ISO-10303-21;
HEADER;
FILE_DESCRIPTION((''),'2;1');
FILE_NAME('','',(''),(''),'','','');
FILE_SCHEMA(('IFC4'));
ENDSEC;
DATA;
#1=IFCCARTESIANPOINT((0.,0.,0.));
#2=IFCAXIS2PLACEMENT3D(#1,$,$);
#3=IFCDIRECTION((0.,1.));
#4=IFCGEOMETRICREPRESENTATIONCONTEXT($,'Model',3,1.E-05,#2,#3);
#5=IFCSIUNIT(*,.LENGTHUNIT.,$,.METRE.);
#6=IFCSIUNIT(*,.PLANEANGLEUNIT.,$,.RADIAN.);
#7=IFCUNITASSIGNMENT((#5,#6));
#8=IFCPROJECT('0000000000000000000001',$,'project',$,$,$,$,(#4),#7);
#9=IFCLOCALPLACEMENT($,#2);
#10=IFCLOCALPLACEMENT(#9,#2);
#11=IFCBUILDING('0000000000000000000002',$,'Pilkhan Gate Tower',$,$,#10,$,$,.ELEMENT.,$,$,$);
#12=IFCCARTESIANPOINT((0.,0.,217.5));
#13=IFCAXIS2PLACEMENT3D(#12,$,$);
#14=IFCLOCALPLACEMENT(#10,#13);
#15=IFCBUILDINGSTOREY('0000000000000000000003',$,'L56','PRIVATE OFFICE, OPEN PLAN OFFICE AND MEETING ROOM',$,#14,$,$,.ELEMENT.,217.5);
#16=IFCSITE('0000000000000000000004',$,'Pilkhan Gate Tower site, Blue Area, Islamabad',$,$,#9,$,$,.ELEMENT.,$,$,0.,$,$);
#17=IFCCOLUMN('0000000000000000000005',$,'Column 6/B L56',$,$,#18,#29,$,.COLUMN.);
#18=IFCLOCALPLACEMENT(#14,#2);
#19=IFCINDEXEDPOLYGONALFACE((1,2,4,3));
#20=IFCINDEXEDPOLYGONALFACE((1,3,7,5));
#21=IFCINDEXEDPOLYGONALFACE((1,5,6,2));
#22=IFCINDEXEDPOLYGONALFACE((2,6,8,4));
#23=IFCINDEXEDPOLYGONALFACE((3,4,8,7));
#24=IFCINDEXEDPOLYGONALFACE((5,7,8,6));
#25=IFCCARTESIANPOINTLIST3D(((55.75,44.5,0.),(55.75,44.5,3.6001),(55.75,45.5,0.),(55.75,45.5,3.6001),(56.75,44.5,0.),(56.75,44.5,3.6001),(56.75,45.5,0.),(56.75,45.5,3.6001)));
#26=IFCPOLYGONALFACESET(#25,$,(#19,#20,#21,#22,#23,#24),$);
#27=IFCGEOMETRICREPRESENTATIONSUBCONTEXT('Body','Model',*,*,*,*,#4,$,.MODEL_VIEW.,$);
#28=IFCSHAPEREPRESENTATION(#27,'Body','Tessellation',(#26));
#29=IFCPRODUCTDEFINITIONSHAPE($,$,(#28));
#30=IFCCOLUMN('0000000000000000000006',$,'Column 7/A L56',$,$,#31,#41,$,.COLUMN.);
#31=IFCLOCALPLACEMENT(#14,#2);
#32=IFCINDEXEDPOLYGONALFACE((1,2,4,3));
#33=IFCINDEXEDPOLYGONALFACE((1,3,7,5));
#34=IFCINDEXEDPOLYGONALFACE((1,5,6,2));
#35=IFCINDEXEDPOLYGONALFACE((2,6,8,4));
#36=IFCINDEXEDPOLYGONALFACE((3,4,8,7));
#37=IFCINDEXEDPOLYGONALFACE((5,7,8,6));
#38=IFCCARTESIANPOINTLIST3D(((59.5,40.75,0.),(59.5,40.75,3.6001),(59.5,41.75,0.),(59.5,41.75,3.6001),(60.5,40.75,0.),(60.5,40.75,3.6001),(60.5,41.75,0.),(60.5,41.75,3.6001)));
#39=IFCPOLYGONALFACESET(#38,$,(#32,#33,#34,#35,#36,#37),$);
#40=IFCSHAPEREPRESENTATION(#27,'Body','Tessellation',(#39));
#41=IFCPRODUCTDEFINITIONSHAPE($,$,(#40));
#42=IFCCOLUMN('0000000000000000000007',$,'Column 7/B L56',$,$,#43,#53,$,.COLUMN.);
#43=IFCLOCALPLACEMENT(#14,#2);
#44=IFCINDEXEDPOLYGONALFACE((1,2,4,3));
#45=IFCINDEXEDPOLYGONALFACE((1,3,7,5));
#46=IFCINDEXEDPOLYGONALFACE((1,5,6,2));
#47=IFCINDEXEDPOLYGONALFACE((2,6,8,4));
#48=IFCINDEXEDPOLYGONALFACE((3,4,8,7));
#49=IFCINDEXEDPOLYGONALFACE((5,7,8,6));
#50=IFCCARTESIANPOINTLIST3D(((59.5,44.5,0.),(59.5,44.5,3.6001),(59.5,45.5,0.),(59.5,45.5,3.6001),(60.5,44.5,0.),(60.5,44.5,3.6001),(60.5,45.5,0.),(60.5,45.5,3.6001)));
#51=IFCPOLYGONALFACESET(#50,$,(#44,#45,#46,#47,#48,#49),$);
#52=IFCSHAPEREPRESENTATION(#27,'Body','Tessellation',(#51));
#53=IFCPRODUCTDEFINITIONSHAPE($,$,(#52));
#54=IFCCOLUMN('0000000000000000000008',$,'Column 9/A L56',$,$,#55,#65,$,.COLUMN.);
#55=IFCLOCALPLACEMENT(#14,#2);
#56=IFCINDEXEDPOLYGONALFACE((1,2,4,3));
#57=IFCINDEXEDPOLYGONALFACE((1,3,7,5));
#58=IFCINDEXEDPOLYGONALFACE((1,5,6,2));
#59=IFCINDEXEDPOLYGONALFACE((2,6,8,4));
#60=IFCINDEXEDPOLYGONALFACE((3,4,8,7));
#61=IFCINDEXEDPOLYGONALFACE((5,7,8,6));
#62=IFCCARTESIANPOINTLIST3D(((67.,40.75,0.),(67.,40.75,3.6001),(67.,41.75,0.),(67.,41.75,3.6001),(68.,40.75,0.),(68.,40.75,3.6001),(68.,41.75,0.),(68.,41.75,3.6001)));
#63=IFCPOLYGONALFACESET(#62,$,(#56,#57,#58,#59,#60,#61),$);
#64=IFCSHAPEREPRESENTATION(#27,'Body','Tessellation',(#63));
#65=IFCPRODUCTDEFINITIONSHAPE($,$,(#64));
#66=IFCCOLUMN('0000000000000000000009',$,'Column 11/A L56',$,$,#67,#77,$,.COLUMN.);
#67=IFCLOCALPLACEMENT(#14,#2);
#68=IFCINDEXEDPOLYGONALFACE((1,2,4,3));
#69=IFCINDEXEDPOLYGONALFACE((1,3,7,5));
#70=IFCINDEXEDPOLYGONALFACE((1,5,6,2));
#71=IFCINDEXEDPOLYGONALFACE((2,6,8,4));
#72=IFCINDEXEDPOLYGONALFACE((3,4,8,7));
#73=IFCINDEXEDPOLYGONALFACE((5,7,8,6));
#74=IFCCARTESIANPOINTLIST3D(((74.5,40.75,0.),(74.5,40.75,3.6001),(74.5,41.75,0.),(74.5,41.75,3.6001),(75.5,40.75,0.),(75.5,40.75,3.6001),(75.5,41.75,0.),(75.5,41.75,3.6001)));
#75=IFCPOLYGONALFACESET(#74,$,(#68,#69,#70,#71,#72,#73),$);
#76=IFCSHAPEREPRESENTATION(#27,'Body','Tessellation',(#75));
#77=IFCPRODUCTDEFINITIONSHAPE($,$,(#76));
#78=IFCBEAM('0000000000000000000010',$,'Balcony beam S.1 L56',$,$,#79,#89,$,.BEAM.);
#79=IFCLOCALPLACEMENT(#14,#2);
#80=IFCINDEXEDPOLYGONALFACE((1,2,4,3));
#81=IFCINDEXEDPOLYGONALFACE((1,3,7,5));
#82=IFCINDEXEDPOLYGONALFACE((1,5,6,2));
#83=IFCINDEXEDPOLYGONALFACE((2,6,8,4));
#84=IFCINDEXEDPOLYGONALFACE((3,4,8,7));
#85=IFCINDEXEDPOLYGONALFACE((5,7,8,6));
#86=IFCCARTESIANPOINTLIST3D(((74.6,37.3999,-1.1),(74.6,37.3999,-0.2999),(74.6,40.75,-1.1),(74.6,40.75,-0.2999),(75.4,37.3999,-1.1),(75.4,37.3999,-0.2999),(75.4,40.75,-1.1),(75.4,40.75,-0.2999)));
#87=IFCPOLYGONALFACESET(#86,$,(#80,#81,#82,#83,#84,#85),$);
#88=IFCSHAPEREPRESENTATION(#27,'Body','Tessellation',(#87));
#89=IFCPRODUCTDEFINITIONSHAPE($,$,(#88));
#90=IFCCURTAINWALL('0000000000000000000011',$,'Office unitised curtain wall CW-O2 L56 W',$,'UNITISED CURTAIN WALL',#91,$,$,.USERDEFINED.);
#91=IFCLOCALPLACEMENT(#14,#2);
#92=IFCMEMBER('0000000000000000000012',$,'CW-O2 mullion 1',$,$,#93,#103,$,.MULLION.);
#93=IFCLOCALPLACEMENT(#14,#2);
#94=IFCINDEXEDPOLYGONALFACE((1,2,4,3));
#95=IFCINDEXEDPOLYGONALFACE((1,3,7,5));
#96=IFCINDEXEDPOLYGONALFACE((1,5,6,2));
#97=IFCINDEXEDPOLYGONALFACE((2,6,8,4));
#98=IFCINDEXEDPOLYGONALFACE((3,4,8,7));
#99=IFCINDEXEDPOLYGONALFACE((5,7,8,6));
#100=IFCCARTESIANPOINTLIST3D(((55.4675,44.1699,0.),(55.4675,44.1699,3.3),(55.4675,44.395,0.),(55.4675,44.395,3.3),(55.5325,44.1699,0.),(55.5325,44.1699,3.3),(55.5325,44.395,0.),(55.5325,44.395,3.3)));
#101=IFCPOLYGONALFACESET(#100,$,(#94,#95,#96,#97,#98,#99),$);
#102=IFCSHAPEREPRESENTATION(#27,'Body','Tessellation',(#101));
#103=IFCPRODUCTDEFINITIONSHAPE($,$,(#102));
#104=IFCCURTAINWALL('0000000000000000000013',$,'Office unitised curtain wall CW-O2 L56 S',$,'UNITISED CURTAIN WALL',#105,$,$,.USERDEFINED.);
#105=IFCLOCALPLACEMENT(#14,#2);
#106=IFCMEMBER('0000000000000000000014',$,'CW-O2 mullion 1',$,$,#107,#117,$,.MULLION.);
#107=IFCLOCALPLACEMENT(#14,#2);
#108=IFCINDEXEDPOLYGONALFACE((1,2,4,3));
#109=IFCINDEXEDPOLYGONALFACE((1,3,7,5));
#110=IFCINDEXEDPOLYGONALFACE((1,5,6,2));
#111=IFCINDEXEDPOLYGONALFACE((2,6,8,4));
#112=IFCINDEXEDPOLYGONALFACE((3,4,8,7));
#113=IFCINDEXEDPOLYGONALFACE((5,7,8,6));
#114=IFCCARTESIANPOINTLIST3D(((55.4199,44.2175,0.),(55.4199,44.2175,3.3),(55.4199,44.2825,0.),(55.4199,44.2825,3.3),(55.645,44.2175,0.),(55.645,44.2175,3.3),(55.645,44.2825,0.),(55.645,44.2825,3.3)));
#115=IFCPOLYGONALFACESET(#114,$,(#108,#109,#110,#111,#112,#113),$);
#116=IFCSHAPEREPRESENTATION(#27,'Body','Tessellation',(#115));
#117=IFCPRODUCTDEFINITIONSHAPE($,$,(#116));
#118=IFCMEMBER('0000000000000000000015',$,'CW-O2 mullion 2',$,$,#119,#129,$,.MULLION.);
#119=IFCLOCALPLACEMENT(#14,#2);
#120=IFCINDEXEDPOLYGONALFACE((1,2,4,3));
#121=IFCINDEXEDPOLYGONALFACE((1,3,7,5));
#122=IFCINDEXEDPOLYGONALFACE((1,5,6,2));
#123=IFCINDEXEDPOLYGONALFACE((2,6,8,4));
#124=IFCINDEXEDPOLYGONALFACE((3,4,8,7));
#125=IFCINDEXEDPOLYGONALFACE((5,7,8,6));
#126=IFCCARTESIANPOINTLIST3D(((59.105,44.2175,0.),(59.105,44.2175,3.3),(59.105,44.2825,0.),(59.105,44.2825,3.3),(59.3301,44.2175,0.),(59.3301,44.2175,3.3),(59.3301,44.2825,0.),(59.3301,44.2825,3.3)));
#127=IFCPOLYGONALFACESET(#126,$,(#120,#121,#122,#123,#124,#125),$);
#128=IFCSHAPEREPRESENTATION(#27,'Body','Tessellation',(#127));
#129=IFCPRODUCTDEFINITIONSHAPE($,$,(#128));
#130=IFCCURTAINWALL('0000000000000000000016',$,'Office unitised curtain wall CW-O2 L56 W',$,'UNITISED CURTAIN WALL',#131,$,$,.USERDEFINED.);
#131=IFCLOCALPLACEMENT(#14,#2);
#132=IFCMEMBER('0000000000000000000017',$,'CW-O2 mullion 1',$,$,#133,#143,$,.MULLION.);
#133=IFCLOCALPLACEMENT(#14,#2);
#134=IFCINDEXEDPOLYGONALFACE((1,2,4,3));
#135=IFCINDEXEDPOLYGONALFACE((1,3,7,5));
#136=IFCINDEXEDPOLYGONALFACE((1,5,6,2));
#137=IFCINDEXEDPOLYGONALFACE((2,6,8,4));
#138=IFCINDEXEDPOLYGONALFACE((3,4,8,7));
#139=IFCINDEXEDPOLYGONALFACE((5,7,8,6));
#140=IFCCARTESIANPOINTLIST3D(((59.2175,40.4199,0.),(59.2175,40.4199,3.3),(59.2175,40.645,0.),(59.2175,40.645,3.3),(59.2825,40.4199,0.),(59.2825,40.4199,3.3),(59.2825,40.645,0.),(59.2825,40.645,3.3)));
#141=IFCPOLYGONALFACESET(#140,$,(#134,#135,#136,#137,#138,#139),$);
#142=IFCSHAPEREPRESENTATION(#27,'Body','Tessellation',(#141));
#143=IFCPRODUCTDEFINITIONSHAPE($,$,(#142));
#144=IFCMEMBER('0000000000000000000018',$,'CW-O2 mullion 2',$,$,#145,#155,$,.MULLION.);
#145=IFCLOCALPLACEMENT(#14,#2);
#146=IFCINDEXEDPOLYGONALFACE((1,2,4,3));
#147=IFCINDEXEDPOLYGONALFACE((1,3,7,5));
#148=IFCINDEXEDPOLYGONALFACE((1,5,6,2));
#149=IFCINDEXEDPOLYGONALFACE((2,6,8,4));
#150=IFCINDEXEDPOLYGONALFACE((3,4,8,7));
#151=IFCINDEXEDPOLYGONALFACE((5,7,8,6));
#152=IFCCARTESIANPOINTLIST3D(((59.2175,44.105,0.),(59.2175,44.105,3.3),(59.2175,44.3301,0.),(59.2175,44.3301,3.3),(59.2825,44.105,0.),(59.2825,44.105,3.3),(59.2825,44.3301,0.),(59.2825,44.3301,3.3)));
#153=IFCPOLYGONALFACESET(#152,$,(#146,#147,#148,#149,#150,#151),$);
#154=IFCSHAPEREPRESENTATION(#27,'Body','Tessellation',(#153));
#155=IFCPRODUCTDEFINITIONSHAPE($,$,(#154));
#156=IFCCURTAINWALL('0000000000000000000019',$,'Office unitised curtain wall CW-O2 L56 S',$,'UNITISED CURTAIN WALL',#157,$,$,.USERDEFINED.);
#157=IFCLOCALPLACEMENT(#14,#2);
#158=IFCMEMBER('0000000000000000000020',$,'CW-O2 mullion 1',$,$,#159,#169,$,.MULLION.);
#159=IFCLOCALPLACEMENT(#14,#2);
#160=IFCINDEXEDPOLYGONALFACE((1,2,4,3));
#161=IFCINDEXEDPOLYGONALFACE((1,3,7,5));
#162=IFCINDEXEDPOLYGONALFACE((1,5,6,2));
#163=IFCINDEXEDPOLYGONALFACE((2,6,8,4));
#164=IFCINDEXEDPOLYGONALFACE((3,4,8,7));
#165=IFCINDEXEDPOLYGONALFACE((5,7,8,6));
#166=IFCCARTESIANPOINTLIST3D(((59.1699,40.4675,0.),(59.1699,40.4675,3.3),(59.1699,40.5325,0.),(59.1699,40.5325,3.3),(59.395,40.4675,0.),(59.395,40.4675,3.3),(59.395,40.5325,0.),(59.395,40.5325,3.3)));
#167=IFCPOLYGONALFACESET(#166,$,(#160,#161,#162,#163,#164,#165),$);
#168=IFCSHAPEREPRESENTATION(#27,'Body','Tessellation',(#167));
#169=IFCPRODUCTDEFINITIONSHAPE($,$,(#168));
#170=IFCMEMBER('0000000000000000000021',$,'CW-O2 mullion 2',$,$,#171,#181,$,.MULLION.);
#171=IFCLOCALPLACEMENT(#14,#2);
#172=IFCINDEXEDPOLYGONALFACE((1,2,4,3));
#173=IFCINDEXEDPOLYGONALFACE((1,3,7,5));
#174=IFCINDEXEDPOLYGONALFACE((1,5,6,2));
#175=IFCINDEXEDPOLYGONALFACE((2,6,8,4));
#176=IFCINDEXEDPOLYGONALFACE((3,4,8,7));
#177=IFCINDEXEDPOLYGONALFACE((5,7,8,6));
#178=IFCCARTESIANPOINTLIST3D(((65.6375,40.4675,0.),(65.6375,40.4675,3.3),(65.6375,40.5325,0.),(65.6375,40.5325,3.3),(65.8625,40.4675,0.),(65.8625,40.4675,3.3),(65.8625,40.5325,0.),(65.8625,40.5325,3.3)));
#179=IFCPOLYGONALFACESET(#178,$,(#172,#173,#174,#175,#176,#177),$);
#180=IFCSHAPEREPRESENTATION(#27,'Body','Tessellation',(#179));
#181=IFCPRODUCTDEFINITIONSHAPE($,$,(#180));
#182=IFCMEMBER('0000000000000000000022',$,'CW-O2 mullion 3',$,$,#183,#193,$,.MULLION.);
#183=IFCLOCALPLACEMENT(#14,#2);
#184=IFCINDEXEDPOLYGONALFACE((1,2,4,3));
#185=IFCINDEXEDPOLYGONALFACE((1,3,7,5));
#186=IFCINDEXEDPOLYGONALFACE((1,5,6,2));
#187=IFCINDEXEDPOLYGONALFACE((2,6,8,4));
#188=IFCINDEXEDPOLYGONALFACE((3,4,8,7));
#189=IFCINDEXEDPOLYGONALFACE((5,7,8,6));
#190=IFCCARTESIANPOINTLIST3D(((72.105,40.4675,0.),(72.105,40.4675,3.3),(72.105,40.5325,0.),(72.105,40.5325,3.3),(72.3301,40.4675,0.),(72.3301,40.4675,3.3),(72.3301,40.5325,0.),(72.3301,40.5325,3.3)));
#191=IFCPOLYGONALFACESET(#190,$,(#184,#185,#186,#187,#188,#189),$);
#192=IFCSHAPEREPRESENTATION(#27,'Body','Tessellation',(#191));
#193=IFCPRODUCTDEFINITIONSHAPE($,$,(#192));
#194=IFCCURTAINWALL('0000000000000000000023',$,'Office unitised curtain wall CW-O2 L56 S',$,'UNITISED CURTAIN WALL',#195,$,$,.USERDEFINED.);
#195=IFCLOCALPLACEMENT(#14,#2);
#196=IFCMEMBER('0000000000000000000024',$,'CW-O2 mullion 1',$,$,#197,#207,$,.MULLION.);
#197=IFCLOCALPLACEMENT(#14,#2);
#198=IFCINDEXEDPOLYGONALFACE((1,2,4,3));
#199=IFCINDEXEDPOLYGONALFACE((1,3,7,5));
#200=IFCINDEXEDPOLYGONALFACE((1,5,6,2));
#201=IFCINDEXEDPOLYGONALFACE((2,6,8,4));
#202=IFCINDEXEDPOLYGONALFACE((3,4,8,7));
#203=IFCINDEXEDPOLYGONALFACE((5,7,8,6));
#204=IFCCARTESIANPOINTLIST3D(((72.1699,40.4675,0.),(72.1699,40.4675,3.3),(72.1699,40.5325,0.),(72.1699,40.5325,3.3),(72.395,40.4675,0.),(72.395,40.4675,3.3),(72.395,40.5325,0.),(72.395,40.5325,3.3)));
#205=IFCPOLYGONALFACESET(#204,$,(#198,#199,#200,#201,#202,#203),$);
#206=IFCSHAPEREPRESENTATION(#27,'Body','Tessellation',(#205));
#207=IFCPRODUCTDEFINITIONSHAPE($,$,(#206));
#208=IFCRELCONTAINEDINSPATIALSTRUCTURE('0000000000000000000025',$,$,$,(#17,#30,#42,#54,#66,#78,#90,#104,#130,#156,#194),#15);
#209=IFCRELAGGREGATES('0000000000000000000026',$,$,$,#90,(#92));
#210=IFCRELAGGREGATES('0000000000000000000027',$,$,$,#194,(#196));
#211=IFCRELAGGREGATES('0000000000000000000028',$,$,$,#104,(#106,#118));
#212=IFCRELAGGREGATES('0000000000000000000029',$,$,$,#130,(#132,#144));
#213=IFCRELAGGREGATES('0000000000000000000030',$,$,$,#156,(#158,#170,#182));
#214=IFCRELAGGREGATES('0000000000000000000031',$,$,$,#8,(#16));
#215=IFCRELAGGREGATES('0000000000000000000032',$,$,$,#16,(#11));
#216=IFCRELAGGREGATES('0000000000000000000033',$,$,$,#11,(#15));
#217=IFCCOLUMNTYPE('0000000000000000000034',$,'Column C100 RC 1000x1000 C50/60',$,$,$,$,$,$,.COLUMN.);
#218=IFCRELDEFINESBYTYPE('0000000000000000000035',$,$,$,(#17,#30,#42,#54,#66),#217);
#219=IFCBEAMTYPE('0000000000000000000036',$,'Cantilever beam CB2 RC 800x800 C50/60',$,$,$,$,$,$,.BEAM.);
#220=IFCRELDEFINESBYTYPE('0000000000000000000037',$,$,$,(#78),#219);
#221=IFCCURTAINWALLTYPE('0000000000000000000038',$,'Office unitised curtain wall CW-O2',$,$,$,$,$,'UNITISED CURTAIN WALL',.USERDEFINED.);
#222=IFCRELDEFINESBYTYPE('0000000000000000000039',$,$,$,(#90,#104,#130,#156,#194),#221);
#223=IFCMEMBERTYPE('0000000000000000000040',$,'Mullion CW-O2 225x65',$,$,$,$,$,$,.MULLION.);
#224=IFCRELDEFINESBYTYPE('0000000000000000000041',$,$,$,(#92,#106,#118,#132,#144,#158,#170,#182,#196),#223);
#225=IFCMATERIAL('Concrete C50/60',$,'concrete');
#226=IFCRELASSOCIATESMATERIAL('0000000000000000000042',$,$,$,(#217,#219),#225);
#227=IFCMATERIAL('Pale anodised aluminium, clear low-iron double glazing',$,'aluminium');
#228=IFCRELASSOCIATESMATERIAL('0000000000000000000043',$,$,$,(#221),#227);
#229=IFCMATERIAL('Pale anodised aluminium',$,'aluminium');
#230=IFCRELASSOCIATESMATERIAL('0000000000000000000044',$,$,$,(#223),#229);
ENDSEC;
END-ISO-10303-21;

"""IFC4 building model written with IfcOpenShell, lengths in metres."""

from ifc_helpers import new_model, si_unit, direction, frame, origin, origin_2d, place, context, subcontext, project, spatial, rectangle, extrude, material, material_profile, profile_set, type_object, element, aggregate, save


model = new_model("IFC4")

# Units and contexts
model_context = context("Model", 3, precision=1e-05, world=origin(), true_north=direction((0.0, 1.0)))
body_context = subcontext(model_context, "Body", "Model", "MODEL_VIEW")
ifc_project = project(units=[si_unit("LENGTHUNIT", "METRE"), si_unit("PLANEANGLEUNIT", "RADIAN")], contexts=[model_context])

# Site, building, storey
site_placement = place(None, origin())
site = spatial("IfcSite", under=ifc_project, at=site_placement, Name="Pilkhan Gate Tower site, Blue Area, Islamabad", CompositionType="ELEMENT", RefElevation=0.0)
building_placement = place(site_placement, origin())
building = spatial("IfcBuilding", under=site, at=building_placement, Name="Pilkhan Gate Tower", CompositionType="ELEMENT")
storey_placement = place(building_placement, frame((0.0, 0.0, 217.5)))
storey = spatial("IfcBuildingStorey", under=building, at=storey_placement, Name="L56", Description="PRIVATE OFFICE, OPEN PLAN OFFICE AND MEETING ROOM", CompositionType="ELEMENT", Elevation=217.5)

# Columns
ifc_material_1 = material(Name="Concrete C50/60", Category="concrete")
ifc_material_profile_1 = material_profile(ifc_material_1, rectangle(XDim=1.0, YDim=1.0, at=origin_2d()), Name="RC 1000x1000")
ifc_profile_set_1 = profile_set([ifc_material_profile_1], Name="Concrete C50/60")
column_type = type_object("IfcColumnType", Name="Column C100 RC 1000x1000 C50/60", PredefinedType="COLUMN", material=ifc_profile_set_1)
for number, where, z_axis, x_axis, name in (
    (1, (56.25, 45.0, 0.0), (0.0, 0.0, 1.0), (1.0, 0.0, 0.0), "Column 6/B L56"),
    (2, (60.0, 41.25, 0.0), (0.0, 0.0, 1.0), (1.0, 0.0, 0.0), "Column 7/A L56"),
    (3, (60.0, 45.0, 0.0), (0.0, 0.0, 1.0), (1.0, 0.0, 0.0), "Column 7/B L56"),
    (4, (67.5, 41.25, 0.0), (0.0, 0.0, 1.0), (1.0, 0.0, 0.0), "Column 9/A L56"),
    (5, (75.0, 41.25, 0.0), (0.0, 0.0, 1.0), (1.0, 0.0, 0.0), "Column 11/A L56"),
):
    element("IfcColumn", number, at=place(storey_placement, frame(where, z_axis=z_axis, x_axis=x_axis)), inside=storey, type_object=column_type, Name=name, PredefinedType="COLUMN", context=body_context, shape_type="SweptSolid", body=[
        extrude(rectangle(XDim=1.0, YDim=1.0, at=origin_2d()), origin(), (0.0, 0.0, 1.0), 3.6001),
    ])

# Beam
ifc_material_profile_2 = material_profile(ifc_material_1, rectangle(XDim=0.8, YDim=0.8, at=origin_2d()), Name="RC 800x800")
ifc_profile_set_2 = profile_set([ifc_material_profile_2], Name="Concrete C50/60")
beam_type = type_object("IfcBeamType", Name="Cantilever beam CB2 RC 800x800 C50/60", PredefinedType="BEAM", material=ifc_profile_set_2)
beam_placement = place(storey_placement, frame((75.0, 40.75, -0.7), z_axis=(0.0, -1.0, 0.0), x_axis=(1.0, 0.0, 0.0)))
element("IfcBeam", 6, at=beam_placement, inside=storey, type_object=beam_type, Name="Balcony beam S.1 L56", PredefinedType="BEAM", context=body_context, shape_type="SweptSolid", body=[
    extrude(rectangle(XDim=0.8, YDim=0.8, at=origin_2d()), origin(), (0.0, 0.0, 1.0), 3.3501),
])

# Curtain wall, member
ifc_material_2 = material(Name="Pale anodised aluminium, clear low-iron double glazing", Category="aluminium")
curtain_wall_type = type_object("IfcCurtainWallType", Name="Office unitised curtain wall CW-O2", ElementType="UNITISED CURTAIN WALL", PredefinedType="USERDEFINED", material=ifc_material_2)
curtain_wall_1_placement = place(storey_placement, origin())
curtain_wall_1 = element("IfcCurtainWall", 7, at=curtain_wall_1_placement, inside=storey, type_object=curtain_wall_type, Name="Office unitised curtain wall CW-O2 L56 W", ObjectType="UNITISED CURTAIN WALL", PredefinedType="USERDEFINED")
ifc_material_3 = material(Name="Pale anodised aluminium", Category="aluminium")
ifc_material_profile_3 = material_profile(ifc_material_3, rectangle(XDim=0.0649, YDim=0.2251, at=origin_2d()), Name="Mullion 225x65")
ifc_profile_set_3 = profile_set([ifc_material_profile_3], Name="Pale anodised aluminium")
member_type_1 = type_object("IfcMemberType", Name="Mullion CW-O2 225x65", PredefinedType="MULLION", material=ifc_profile_set_3)
member_1_placement = place(storey_placement, frame((55.5, 44.2825, 0.0), z_axis=(0.0, 0.0, 1.0), x_axis=(-1.0, 0.0, 0.0)))
member_1 = element("IfcMember", 8, at=member_1_placement, type_object=member_type_1, Name="CW-O2 mullion 1", PredefinedType="MULLION", context=body_context, shape_type="SweptSolid", body=[
    extrude(rectangle(XDim=0.0649, YDim=0.2251, at=origin_2d()), origin(), (0.0, 0.0, 1.0), 3.3),
])

# Curtain walls, members
curtain_wall_2_placement = place(storey_placement, origin())
curtain_wall_2 = element("IfcCurtainWall", 9, at=curtain_wall_2_placement, inside=storey, type_object=curtain_wall_type, Name="Office unitised curtain wall CW-O2 L56 S", ObjectType="UNITISED CURTAIN WALL", PredefinedType="USERDEFINED")
member_2_placement = place(storey_placement, frame((55.5325, 44.25, 0.0), z_axis=(0.0, 0.0, 1.0), x_axis=(0.0, 1.0, 0.0)))
member_2 = element("IfcMember", 10, at=member_2_placement, type_object=member_type_1, Name="CW-O2 mullion 1", PredefinedType="MULLION", context=body_context, shape_type="SweptSolid", body=[
    extrude(rectangle(XDim=0.0649, YDim=0.2251, at=origin_2d()), origin(), (0.0, 0.0, 1.0), 3.3),
])
member_3_placement = place(storey_placement, frame((59.2175, 44.25, 0.0), z_axis=(0.0, 0.0, 1.0), x_axis=(0.0, 1.0, 0.0)))
member_3 = element("IfcMember", 11, at=member_3_placement, type_object=member_type_1, Name="CW-O2 mullion 2", PredefinedType="MULLION", context=body_context, shape_type="SweptSolid", body=[
    extrude(rectangle(XDim=0.0649, YDim=0.2251, at=origin_2d()), origin(), (0.0, 0.0, 1.0), 3.3),
])
curtain_wall_3_placement = place(storey_placement, origin())
curtain_wall_3 = element("IfcCurtainWall", 12, at=curtain_wall_3_placement, inside=storey, type_object=curtain_wall_type, Name="Office unitised curtain wall CW-O2 L56 W", ObjectType="UNITISED CURTAIN WALL", PredefinedType="USERDEFINED")
member_4_placement = place(storey_placement, frame((59.25, 40.5325, 0.0), z_axis=(0.0, 0.0, 1.0), x_axis=(-1.0, 0.0, 0.0)))
member_4 = element("IfcMember", 13, at=member_4_placement, type_object=member_type_1, Name="CW-O2 mullion 1", PredefinedType="MULLION", context=body_context, shape_type="SweptSolid", body=[
    extrude(rectangle(XDim=0.0649, YDim=0.2251, at=origin_2d()), origin(), (0.0, 0.0, 1.0), 3.3),
])
member_5_placement = place(storey_placement, frame((59.25, 44.2175, 0.0), z_axis=(0.0, 0.0, 1.0), x_axis=(-1.0, 0.0, 0.0)))
member_5 = element("IfcMember", 14, at=member_5_placement, type_object=member_type_1, Name="CW-O2 mullion 2", PredefinedType="MULLION", context=body_context, shape_type="SweptSolid", body=[
    extrude(rectangle(XDim=0.0649, YDim=0.2251, at=origin_2d()), origin(), (0.0, 0.0, 1.0), 3.3),
])
curtain_wall_4_placement = place(storey_placement, origin())
curtain_wall_4 = element("IfcCurtainWall", 15, at=curtain_wall_4_placement, inside=storey, type_object=curtain_wall_type, Name="Office unitised curtain wall CW-O2 L56 S", ObjectType="UNITISED CURTAIN WALL", PredefinedType="USERDEFINED")
member_6_placement = place(storey_placement, frame((59.2825, 40.5, 0.0), z_axis=(0.0, 0.0, 1.0), x_axis=(0.0, 1.0, 0.0)))
member_6 = element("IfcMember", 16, at=member_6_placement, type_object=member_type_1, Name="CW-O2 mullion 1", PredefinedType="MULLION", context=body_context, shape_type="SweptSolid", body=[
    extrude(rectangle(XDim=0.0649, YDim=0.2251, at=origin_2d()), origin(), (0.0, 0.0, 1.0), 3.3),
])
member_7_placement = place(storey_placement, frame((65.75, 40.5, 0.0), z_axis=(0.0, 0.0, 1.0), x_axis=(0.0, 1.0, 0.0)))
member_7 = element("IfcMember", 17, at=member_7_placement, type_object=member_type_1, Name="CW-O2 mullion 2", PredefinedType="MULLION", context=body_context, shape_type="SweptSolid", body=[
    extrude(rectangle(XDim=0.0649, YDim=0.2251, at=origin_2d()), origin(), (0.0, 0.0, 1.0), 3.3),
])
member_8_placement = place(storey_placement, frame((72.2175, 40.5, 0.0), z_axis=(0.0, 0.0, 1.0), x_axis=(0.0, 1.0, 0.0)))
member_8 = element("IfcMember", 18, at=member_8_placement, type_object=member_type_1, Name="CW-O2 mullion 3", PredefinedType="MULLION", context=body_context, shape_type="SweptSolid", body=[
    extrude(rectangle(XDim=0.0649, YDim=0.2251, at=origin_2d()), origin(), (0.0, 0.0, 1.0), 3.3),
])

# Curtain wall, member
curtain_wall_5_placement = place(storey_placement, origin())
curtain_wall_5 = element("IfcCurtainWall", 19, at=curtain_wall_5_placement, inside=storey, type_object=curtain_wall_type, Name="Office unitised curtain wall CW-O2 L56 S", ObjectType="UNITISED CURTAIN WALL", PredefinedType="USERDEFINED")
member_9_placement = place(storey_placement, frame((72.2825, 40.5, 0.0), z_axis=(0.0, 0.0, 1.0), x_axis=(0.0, 1.0, 0.0)))
member_9 = element("IfcMember", 20, at=member_9_placement, type_object=member_type_1, Name="CW-O2 mullion 1", PredefinedType="MULLION", context=body_context, shape_type="SweptSolid", body=[
    extrude(rectangle(XDim=0.0649, YDim=0.2251, at=origin_2d()), origin(), (0.0, 0.0, 1.0), 3.3),
])

aggregate(curtain_wall_1, [member_1])
aggregate(curtain_wall_5, [member_9])

aggregate(curtain_wall_2, [member_2, member_3])
aggregate(curtain_wall_3, [member_4, member_5])
aggregate(curtain_wall_4, [member_6, member_7, member_8])

save(model, "model.ifc")
